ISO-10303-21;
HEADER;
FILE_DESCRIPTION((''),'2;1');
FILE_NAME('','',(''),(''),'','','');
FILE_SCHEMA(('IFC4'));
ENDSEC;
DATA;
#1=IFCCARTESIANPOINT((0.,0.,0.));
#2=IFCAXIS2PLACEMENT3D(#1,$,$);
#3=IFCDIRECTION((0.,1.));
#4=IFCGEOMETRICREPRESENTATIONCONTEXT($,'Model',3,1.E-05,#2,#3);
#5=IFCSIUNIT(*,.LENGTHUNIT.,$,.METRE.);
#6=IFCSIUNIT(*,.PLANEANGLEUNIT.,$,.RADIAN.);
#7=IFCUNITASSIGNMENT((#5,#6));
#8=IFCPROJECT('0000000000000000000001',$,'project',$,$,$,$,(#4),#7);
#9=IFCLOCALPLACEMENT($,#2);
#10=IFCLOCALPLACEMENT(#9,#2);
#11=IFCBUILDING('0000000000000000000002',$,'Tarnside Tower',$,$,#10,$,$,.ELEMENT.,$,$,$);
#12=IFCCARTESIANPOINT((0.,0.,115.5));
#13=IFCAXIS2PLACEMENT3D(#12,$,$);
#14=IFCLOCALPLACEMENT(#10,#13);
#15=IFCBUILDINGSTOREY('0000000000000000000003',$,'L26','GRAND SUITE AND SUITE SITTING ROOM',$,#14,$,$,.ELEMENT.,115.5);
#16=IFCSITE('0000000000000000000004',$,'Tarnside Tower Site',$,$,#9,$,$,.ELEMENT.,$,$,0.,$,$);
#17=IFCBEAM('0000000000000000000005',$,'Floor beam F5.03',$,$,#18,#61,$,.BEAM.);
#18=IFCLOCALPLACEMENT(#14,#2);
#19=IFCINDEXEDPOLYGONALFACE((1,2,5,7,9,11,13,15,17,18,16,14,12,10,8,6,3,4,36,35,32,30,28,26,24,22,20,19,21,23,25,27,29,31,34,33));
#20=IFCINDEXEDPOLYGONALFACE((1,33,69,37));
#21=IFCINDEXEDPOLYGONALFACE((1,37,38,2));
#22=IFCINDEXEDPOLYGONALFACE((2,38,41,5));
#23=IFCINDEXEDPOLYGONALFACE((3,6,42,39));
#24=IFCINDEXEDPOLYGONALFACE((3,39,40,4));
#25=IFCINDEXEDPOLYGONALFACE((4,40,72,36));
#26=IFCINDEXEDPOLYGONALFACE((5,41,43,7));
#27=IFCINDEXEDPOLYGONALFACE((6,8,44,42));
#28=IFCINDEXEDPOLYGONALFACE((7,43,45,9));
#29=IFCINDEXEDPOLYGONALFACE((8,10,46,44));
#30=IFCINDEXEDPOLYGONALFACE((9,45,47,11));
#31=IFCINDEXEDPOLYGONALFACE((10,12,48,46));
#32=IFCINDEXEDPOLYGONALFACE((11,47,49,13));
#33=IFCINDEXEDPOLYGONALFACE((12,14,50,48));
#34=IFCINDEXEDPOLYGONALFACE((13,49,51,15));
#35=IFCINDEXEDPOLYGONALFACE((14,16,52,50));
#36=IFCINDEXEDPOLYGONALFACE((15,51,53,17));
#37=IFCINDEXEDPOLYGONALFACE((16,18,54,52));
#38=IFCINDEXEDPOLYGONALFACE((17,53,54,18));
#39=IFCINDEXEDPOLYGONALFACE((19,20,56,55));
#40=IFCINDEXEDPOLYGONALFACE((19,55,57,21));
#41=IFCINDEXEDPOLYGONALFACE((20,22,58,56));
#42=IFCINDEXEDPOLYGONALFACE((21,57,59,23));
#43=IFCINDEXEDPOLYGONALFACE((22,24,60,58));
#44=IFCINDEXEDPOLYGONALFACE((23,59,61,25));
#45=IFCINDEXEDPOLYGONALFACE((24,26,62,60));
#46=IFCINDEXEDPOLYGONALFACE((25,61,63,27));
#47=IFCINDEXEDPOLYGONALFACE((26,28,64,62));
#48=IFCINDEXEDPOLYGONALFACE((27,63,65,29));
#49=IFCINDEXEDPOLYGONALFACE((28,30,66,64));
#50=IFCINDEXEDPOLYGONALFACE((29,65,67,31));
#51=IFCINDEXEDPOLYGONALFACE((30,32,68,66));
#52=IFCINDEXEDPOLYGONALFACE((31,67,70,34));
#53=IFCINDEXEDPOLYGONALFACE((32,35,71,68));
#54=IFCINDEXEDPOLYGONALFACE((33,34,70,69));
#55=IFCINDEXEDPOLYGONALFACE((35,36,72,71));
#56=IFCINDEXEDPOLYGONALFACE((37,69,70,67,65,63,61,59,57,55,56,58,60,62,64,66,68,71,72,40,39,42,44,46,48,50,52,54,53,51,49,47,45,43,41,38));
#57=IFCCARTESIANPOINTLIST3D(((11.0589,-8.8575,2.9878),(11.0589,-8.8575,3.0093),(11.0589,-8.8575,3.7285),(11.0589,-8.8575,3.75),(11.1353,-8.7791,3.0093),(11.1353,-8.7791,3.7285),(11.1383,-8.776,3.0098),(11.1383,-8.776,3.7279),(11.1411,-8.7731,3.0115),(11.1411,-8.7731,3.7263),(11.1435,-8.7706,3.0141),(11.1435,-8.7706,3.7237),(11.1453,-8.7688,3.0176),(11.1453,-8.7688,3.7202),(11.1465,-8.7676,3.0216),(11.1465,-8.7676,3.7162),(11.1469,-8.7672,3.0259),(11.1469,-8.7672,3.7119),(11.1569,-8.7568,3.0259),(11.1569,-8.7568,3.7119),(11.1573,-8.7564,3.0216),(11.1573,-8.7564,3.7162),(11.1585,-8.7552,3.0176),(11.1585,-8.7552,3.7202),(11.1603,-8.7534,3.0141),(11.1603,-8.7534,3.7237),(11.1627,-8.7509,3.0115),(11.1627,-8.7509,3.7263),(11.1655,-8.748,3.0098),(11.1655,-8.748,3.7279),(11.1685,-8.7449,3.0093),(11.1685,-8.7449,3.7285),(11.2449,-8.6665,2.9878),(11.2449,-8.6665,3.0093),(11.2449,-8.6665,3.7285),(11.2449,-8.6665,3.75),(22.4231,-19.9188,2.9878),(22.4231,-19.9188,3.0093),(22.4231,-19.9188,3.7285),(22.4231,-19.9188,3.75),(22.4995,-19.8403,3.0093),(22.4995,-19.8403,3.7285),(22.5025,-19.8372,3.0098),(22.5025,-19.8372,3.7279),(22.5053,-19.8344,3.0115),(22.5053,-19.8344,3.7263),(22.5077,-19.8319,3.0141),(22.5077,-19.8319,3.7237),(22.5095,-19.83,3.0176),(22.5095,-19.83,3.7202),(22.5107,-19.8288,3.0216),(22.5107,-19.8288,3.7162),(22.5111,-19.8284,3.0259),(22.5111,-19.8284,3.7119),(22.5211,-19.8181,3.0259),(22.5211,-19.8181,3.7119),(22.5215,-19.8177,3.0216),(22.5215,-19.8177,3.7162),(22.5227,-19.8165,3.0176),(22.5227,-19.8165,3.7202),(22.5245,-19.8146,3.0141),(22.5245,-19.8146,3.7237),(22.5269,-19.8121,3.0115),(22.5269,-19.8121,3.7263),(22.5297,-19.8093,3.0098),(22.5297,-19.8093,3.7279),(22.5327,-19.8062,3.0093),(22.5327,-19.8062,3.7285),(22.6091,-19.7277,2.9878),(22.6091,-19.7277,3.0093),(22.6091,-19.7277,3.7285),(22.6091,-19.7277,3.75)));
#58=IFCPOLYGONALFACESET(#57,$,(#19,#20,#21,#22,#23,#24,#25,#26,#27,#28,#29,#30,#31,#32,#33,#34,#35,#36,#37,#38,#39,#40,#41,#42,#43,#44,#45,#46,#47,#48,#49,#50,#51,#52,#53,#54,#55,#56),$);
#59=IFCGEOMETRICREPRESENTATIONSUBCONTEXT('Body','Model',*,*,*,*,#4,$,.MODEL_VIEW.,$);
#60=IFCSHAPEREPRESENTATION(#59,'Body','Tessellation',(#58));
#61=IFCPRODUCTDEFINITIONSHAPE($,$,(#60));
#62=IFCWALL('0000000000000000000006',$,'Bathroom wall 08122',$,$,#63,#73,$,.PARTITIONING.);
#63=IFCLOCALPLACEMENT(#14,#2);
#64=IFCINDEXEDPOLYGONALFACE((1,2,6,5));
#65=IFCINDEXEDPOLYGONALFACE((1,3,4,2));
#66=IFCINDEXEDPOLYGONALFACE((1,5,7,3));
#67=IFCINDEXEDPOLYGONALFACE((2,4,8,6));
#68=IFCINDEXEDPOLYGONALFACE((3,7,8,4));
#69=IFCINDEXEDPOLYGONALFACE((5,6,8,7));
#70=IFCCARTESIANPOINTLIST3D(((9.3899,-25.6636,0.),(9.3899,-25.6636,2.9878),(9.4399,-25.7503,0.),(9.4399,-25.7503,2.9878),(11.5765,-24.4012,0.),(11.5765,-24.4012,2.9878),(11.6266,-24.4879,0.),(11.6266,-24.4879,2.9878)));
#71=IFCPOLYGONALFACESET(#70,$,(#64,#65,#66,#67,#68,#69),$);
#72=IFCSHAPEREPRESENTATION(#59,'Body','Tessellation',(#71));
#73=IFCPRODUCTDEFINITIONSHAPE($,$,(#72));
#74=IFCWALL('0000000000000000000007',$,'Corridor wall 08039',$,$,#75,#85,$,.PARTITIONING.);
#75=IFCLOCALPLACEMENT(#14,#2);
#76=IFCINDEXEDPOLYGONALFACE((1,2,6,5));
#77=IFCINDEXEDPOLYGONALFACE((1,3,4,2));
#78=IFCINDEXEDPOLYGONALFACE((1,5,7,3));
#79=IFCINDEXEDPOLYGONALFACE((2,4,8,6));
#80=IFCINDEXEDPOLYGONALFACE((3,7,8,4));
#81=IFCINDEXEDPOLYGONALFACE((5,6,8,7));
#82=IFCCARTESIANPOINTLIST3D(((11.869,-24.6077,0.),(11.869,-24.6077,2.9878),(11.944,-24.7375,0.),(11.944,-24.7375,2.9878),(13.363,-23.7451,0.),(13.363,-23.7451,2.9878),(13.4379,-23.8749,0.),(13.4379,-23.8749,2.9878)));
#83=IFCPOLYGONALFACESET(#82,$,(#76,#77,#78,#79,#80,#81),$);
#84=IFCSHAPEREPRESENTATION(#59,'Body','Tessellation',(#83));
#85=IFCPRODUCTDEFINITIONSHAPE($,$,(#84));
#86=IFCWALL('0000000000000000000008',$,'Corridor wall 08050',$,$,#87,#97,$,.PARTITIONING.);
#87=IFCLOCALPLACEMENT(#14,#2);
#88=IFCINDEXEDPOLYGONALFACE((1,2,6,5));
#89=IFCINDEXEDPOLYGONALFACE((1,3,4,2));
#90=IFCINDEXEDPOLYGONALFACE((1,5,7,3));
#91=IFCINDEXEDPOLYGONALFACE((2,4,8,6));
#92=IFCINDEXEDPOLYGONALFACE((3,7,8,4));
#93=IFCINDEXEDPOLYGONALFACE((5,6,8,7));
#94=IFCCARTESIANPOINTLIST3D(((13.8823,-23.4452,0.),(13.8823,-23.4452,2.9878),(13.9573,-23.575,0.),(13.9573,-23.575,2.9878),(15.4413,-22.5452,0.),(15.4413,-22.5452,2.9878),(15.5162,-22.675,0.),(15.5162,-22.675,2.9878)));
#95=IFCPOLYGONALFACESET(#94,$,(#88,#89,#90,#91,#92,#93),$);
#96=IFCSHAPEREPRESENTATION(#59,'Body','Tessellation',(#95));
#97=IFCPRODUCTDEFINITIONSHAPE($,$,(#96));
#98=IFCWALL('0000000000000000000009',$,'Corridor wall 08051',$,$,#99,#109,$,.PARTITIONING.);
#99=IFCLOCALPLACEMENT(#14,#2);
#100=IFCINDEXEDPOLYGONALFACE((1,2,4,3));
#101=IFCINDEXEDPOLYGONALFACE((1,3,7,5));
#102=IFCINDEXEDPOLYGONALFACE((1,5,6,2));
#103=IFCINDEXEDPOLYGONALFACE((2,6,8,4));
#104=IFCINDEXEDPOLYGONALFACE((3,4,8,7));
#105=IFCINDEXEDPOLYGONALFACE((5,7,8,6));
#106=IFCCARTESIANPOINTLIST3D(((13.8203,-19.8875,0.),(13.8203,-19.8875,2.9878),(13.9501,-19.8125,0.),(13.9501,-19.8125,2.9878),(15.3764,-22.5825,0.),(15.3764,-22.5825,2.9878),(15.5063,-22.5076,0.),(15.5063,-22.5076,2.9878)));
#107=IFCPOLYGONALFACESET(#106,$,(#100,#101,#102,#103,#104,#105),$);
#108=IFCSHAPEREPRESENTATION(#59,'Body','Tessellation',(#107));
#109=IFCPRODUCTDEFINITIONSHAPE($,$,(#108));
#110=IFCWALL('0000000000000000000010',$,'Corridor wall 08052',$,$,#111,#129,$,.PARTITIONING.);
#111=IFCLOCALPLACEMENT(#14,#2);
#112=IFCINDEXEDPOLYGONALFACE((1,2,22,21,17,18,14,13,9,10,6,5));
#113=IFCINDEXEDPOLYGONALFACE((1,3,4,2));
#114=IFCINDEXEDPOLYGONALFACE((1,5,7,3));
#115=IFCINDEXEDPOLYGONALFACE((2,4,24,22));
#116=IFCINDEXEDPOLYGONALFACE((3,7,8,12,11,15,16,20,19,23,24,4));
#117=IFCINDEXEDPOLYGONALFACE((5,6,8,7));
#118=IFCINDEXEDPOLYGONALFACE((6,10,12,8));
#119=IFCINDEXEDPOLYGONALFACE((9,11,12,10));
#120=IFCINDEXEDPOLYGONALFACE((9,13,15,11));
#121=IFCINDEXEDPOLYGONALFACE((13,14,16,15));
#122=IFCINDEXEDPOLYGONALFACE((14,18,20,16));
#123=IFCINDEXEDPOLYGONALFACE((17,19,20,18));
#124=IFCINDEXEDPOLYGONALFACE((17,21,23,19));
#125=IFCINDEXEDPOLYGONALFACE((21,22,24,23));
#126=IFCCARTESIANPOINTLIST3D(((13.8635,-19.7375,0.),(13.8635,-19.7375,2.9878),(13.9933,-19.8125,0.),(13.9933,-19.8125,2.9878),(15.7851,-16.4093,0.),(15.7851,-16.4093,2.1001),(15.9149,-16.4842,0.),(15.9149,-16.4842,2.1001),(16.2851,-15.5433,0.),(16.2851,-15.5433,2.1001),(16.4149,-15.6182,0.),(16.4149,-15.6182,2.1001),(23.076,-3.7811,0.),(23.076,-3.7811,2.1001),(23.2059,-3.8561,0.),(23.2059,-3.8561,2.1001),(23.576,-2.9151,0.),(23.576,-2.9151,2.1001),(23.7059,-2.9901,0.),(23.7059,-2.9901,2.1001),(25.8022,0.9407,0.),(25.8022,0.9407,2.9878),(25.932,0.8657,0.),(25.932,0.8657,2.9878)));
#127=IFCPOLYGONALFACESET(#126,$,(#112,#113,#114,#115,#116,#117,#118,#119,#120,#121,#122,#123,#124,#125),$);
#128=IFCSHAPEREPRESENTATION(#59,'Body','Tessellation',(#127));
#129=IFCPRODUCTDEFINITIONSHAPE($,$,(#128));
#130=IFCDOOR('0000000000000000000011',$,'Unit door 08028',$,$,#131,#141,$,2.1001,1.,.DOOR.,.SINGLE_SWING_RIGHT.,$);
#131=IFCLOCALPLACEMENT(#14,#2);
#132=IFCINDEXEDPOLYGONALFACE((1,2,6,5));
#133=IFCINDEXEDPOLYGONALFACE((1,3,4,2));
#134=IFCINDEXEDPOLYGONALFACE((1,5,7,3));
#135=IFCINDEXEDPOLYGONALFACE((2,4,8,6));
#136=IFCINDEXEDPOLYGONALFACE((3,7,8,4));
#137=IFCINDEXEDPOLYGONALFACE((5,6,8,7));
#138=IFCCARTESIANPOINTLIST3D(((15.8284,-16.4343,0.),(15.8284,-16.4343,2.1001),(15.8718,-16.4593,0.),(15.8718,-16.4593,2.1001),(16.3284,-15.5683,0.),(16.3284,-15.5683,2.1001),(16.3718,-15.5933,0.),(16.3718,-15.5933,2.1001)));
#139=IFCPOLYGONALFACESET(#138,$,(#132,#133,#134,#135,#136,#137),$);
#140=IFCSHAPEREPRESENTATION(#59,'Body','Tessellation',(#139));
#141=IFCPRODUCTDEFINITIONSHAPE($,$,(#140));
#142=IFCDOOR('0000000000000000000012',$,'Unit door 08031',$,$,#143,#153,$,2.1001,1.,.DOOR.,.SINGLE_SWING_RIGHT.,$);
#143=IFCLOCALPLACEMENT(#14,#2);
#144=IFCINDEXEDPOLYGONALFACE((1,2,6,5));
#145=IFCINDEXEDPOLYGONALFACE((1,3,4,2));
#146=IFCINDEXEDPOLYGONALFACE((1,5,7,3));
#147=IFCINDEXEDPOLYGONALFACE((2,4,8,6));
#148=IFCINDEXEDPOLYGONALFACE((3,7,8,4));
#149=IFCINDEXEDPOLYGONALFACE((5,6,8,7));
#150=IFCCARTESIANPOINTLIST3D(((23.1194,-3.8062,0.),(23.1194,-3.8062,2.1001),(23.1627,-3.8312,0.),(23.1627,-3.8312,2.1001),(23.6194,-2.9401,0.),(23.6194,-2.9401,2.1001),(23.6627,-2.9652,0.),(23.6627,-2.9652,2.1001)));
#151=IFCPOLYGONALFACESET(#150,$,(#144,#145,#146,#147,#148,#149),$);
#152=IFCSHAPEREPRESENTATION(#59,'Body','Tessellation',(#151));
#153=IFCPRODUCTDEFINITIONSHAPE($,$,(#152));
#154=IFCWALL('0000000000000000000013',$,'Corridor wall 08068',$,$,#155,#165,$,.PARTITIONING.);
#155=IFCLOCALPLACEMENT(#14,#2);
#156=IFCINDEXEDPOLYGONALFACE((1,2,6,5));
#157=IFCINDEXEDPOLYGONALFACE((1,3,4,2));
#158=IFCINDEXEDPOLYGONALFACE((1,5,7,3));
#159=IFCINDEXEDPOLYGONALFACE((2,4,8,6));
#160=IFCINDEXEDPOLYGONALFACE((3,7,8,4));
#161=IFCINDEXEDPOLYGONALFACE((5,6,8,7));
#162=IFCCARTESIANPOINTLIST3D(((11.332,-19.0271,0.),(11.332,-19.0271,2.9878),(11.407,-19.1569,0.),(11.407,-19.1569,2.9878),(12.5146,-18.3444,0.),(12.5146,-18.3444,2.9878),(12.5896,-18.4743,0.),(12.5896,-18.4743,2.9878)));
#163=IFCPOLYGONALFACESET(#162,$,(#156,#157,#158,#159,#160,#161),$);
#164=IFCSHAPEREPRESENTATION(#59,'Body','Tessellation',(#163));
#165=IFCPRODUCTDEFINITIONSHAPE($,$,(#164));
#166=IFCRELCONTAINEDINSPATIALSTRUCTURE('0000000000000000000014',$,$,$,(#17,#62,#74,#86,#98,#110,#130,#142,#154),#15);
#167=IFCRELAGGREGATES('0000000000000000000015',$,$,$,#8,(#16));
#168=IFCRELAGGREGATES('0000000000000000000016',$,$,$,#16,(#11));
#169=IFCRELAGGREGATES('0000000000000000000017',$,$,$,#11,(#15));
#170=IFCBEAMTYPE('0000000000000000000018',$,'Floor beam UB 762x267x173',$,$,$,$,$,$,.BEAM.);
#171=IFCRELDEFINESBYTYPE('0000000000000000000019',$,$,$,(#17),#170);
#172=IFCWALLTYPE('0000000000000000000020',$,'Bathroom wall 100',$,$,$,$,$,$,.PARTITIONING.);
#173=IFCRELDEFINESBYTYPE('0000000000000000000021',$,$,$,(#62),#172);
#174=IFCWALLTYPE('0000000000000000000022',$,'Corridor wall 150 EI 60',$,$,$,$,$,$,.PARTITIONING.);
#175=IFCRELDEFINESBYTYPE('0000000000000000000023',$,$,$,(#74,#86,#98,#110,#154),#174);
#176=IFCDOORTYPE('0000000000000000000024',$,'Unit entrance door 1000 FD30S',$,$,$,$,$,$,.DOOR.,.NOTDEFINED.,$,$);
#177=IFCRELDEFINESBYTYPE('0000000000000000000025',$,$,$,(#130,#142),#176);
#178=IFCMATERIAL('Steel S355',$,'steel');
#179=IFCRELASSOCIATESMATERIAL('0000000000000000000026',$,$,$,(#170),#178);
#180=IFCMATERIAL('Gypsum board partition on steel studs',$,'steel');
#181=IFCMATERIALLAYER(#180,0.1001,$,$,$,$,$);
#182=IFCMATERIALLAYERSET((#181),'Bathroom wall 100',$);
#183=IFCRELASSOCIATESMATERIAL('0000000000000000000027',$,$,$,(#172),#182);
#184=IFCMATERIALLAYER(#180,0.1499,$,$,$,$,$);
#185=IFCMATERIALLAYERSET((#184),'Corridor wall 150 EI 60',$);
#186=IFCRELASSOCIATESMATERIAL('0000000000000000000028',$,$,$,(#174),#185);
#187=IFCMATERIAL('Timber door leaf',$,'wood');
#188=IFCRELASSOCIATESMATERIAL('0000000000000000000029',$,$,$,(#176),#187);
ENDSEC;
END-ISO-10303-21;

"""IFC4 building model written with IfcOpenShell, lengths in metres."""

from ifc_helpers import new_model, si_unit, direction, frame, frame_2d, origin, origin_2d, place, context, subcontext, project, spatial, rectangle, i_section, extrude, material, layer, layer_set, material_profile, profile_set, type_object, element, fill, save


model = new_model("IFC4")

# Units and contexts
model_context = context("Model", 3, precision=1e-05, world=origin(), true_north=direction((0.0, 1.0)))
body_context = subcontext(model_context, "Body", "Model", "MODEL_VIEW")
ifc_project = project(units=[si_unit("LENGTHUNIT", "METRE"), si_unit("PLANEANGLEUNIT", "RADIAN")], contexts=[model_context])

# Site, building, storey
site_placement = place(None, origin())
site = spatial("IfcSite", under=ifc_project, at=site_placement, Name="Tarnside Tower Site", CompositionType="ELEMENT", RefElevation=0.0)
building_placement = place(site_placement, origin())
building = spatial("IfcBuilding", under=site, at=building_placement, Name="Tarnside Tower", CompositionType="ELEMENT")
storey_placement = place(building_placement, frame((0.0, 0.0, 115.5)))
storey = spatial("IfcBuildingStorey", under=building, at=storey_placement, Name="L26", Description="GRAND SUITE AND SUITE SITTING ROOM", CompositionType="ELEMENT", Elevation=115.5)

# Beam
ifc_material_1 = material(Name="Steel S355", Category="steel")
ifc_material_profile = material_profile(ifc_material_1, i_section(OverallWidth=0.2666, OverallDepth=0.7622, WebThickness=0.0144, FlangeThickness=0.0215, FilletRadius=0.0166, at=origin_2d()), Name="UB 762x267x173")
ifc_profile_set = profile_set([ifc_material_profile], Name="Steel S355")
beam_type = type_object("IfcBeamType", Name="Floor beam UB 762x267x173", PredefinedType="BEAM", material=ifc_profile_set)
beam_1_placement = place(storey_placement, frame((22.5161, -19.8232, 3.3689), z_axis=(-0.716595, 0.69749, 0.0), x_axis=(-0.69749, -0.716595, 0.0)))
element("IfcBeam", 1, at=beam_1_placement, inside=storey, type_object=beam_type, Name="Floor beam F5.03", PredefinedType="BEAM", context=body_context, shape_type="SweptSolid", body=[
    extrude(i_section(OverallWidth=0.2666, OverallDepth=0.7622, WebThickness=0.0144, FlangeThickness=0.0215, FilletRadius=0.0166, at=origin_2d()), origin(), (0.0, 0.0, 1.0), 15.8586),
])

# Walls
ifc_material_2 = material(Name="Gypsum board partition on steel studs", Category="steel")
ifc_layer_1 = layer(ifc_material_2, 0.1001)
ifc_layer_set_1 = layer_set([ifc_layer_1], Name="Bathroom wall 100")
wall_type_1 = type_object("IfcWallType", Name="Bathroom wall 100", PredefinedType="PARTITIONING", material=ifc_layer_set_1)
wall_1_placement = place(storey_placement, frame((11.6016, -24.4446, 0.0), z_axis=(0.0, 0.0, 1.0), x_axis=(-0.866039, -0.499976, 0.0)))
element("IfcWall", 2, at=wall_1_placement, inside=storey, type_object=wall_type_1, Name="Bathroom wall 08122", PredefinedType="PARTITIONING", context=body_context, shape_type="SweptSolid", body=[
    extrude(rectangle(XDim=2.5249, YDim=0.1001, at=frame_2d((1.2625, 0.0))), origin(), (0.0, 0.0, 1.0), 2.9878),
])
ifc_layer_2 = layer(ifc_material_2, 0.1499)
ifc_layer_set_2 = layer_set([ifc_layer_2], Name="Corridor wall 150 EI 60")
wall_type_2 = type_object("IfcWallType", Name="Corridor wall 150 EI 60", PredefinedType="PARTITIONING", material=ifc_layer_set_2)
wall_2_placement = place(storey_placement, frame((11.9065, -24.6726, 0.0), z_axis=(0.0, 0.0, 1.0), x_axis=(0.866014, 0.500021, 0.0)))
element("IfcWall", 3, at=wall_2_placement, inside=storey, type_object=wall_type_2, Name="Corridor wall 08039", PredefinedType="PARTITIONING", context=body_context, shape_type="SweptSolid", body=[
    extrude(rectangle(XDim=1.7251, YDim=0.1499, at=frame_2d((0.8625, 0.0))), origin(), (0.0, 0.0, 1.0), 2.9878),
])
wall_3_placement = place(storey_placement, frame((13.9199, -23.51, 0.0), z_axis=(0.0, 0.0, 1.0), x_axis=(0.866048, 0.499961, 0.0)))
element("IfcWall", 4, at=wall_3_placement, inside=storey, type_object=wall_type_2, Name="Corridor wall 08050", PredefinedType="PARTITIONING", context=body_context, shape_type="SweptSolid", body=[
    extrude(rectangle(XDim=1.8, YDim=0.1499, at=frame_2d((0.8999, 0.0))), origin(), (0.0, 0.0, 1.0), 2.9878),
])
wall_4_placement = place(storey_placement, frame((15.4414, -22.5452, 0.0), z_axis=(0.0, 0.0, 1.0), x_axis=(-0.500037, 0.866004, 0.0)))
element("IfcWall", 5, at=wall_4_placement, inside=storey, type_object=wall_type_2, Name="Corridor wall 08051", PredefinedType="PARTITIONING", context=body_context, shape_type="SweptSolid", body=[
    extrude(rectangle(XDim=3.1121, YDim=0.1499, at=frame_2d((1.5562, 0.0))), origin(), (0.0, 0.0, 1.0), 2.9878),
])

# Wall, openings, doors
wall_5_placement = place(storey_placement, frame((13.9285, -19.7749, 0.0), z_axis=(0.0, 0.0, 1.0), x_axis=(0.500005, 0.866023, 0.0)))
wall_5 = element("IfcWall", 6, at=wall_5_placement, inside=storey, type_object=wall_type_2, Name="Corridor wall 08052", PredefinedType="PARTITIONING", context=body_context, shape_type="SweptSolid", body=[
    extrude(rectangle(XDim=23.8772, YDim=0.1499, at=frame_2d((11.9385, 0.0))), origin(), (0.0, 0.0, 1.0), 2.9878),
])
opening_1_placement = place(wall_5_placement, frame((3.843, 0.0, 0.0)))
opening_1 = element("IfcOpeningElement", 7, at=opening_1_placement, cuts=wall_5, PredefinedType="OPENING", context=body_context, shape_type="SweptSolid", body=[
    extrude(rectangle(XDim=1.0, YDim=2.1001, at=frame_2d((0.5, 1.05))), frame((0.0, 0.085, 0.0), z_axis=(0.0, -1.0, 0.0), x_axis=(1.0, 0.0, 0.0)), (0.0, 0.0, 1.0), 0.1699),
])
opening_2_placement = place(wall_5_placement, frame((18.4248, 0.0, 0.0)))
opening_2 = element("IfcOpeningElement", 8, at=opening_2_placement, cuts=wall_5, PredefinedType="OPENING", context=body_context, shape_type="SweptSolid", body=[
    extrude(rectangle(XDim=1.0, YDim=2.1001, at=frame_2d((0.5, 1.05))), frame((0.0, 0.085, 0.0), z_axis=(0.0, -1.0, 0.0), x_axis=(1.0, 0.0, 0.0)), (0.0, 0.0, 1.0), 0.1699),
])
ifc_material_3 = material(Name="Timber door leaf", Category="wood")
door_type_1 = type_object("IfcDoorType", Name="Unit entrance door 1000 FD30S", OperationType="NOTDEFINED", PredefinedType="DOOR", material=ifc_material_3)
door_1_placement = place(opening_1_placement, origin())
door_1 = element("IfcDoor", 9, at=door_1_placement, inside=storey, type_object=door_type_1, Name="Unit door 08028", OperationType="SINGLE_SWING_RIGHT", OverallHeight=2.1001, OverallWidth=1.0, PredefinedType="DOOR", context=body_context, shape_type="SweptSolid", body=[
    extrude(rectangle(XDim=1.0, YDim=2.1001, at=frame_2d((0.5, 1.05))), frame((0.0, 0.0249, 0.0), z_axis=(0.0, -1.0, 0.0), x_axis=(1.0, 0.0, 0.0)), (0.0, 0.0, 1.0), 0.05),
])
fill(opening_1, door_1)
door_2_placement = place(opening_2_placement, origin())
door_2 = element("IfcDoor", 10, at=door_2_placement, inside=storey, type_object=door_type_1, Name="Unit door 08031", OperationType="SINGLE_SWING_RIGHT", OverallHeight=2.1001, OverallWidth=1.0, PredefinedType="DOOR", context=body_context, shape_type="SweptSolid", body=[
    extrude(rectangle(XDim=1.0, YDim=2.1001, at=frame_2d((0.5, 1.05))), frame((0.0, 0.0249, 0.0), z_axis=(0.0, -1.0, 0.0), x_axis=(1.0, 0.0, 0.0)), (0.0, 0.0, 1.0), 0.05),
])
fill(opening_2, door_2)

# Wall
wall_6_placement = place(storey_placement, frame((12.552, -18.4094, 0.0), z_axis=(0.0, 0.0, 1.0), x_axis=(-0.866078, -0.499908, 0.0)))
element("IfcWall", 11, at=wall_6_placement, inside=storey, type_object=wall_type_2, Name="Corridor wall 08068", PredefinedType="PARTITIONING", context=body_context, shape_type="SweptSolid", body=[
    extrude(rectangle(XDim=1.3655, YDim=0.1499, at=frame_2d((0.6826, 0.0))), origin(), (0.0, 0.0, 1.0), 2.9878),
])

save(model, "model.ifc")
